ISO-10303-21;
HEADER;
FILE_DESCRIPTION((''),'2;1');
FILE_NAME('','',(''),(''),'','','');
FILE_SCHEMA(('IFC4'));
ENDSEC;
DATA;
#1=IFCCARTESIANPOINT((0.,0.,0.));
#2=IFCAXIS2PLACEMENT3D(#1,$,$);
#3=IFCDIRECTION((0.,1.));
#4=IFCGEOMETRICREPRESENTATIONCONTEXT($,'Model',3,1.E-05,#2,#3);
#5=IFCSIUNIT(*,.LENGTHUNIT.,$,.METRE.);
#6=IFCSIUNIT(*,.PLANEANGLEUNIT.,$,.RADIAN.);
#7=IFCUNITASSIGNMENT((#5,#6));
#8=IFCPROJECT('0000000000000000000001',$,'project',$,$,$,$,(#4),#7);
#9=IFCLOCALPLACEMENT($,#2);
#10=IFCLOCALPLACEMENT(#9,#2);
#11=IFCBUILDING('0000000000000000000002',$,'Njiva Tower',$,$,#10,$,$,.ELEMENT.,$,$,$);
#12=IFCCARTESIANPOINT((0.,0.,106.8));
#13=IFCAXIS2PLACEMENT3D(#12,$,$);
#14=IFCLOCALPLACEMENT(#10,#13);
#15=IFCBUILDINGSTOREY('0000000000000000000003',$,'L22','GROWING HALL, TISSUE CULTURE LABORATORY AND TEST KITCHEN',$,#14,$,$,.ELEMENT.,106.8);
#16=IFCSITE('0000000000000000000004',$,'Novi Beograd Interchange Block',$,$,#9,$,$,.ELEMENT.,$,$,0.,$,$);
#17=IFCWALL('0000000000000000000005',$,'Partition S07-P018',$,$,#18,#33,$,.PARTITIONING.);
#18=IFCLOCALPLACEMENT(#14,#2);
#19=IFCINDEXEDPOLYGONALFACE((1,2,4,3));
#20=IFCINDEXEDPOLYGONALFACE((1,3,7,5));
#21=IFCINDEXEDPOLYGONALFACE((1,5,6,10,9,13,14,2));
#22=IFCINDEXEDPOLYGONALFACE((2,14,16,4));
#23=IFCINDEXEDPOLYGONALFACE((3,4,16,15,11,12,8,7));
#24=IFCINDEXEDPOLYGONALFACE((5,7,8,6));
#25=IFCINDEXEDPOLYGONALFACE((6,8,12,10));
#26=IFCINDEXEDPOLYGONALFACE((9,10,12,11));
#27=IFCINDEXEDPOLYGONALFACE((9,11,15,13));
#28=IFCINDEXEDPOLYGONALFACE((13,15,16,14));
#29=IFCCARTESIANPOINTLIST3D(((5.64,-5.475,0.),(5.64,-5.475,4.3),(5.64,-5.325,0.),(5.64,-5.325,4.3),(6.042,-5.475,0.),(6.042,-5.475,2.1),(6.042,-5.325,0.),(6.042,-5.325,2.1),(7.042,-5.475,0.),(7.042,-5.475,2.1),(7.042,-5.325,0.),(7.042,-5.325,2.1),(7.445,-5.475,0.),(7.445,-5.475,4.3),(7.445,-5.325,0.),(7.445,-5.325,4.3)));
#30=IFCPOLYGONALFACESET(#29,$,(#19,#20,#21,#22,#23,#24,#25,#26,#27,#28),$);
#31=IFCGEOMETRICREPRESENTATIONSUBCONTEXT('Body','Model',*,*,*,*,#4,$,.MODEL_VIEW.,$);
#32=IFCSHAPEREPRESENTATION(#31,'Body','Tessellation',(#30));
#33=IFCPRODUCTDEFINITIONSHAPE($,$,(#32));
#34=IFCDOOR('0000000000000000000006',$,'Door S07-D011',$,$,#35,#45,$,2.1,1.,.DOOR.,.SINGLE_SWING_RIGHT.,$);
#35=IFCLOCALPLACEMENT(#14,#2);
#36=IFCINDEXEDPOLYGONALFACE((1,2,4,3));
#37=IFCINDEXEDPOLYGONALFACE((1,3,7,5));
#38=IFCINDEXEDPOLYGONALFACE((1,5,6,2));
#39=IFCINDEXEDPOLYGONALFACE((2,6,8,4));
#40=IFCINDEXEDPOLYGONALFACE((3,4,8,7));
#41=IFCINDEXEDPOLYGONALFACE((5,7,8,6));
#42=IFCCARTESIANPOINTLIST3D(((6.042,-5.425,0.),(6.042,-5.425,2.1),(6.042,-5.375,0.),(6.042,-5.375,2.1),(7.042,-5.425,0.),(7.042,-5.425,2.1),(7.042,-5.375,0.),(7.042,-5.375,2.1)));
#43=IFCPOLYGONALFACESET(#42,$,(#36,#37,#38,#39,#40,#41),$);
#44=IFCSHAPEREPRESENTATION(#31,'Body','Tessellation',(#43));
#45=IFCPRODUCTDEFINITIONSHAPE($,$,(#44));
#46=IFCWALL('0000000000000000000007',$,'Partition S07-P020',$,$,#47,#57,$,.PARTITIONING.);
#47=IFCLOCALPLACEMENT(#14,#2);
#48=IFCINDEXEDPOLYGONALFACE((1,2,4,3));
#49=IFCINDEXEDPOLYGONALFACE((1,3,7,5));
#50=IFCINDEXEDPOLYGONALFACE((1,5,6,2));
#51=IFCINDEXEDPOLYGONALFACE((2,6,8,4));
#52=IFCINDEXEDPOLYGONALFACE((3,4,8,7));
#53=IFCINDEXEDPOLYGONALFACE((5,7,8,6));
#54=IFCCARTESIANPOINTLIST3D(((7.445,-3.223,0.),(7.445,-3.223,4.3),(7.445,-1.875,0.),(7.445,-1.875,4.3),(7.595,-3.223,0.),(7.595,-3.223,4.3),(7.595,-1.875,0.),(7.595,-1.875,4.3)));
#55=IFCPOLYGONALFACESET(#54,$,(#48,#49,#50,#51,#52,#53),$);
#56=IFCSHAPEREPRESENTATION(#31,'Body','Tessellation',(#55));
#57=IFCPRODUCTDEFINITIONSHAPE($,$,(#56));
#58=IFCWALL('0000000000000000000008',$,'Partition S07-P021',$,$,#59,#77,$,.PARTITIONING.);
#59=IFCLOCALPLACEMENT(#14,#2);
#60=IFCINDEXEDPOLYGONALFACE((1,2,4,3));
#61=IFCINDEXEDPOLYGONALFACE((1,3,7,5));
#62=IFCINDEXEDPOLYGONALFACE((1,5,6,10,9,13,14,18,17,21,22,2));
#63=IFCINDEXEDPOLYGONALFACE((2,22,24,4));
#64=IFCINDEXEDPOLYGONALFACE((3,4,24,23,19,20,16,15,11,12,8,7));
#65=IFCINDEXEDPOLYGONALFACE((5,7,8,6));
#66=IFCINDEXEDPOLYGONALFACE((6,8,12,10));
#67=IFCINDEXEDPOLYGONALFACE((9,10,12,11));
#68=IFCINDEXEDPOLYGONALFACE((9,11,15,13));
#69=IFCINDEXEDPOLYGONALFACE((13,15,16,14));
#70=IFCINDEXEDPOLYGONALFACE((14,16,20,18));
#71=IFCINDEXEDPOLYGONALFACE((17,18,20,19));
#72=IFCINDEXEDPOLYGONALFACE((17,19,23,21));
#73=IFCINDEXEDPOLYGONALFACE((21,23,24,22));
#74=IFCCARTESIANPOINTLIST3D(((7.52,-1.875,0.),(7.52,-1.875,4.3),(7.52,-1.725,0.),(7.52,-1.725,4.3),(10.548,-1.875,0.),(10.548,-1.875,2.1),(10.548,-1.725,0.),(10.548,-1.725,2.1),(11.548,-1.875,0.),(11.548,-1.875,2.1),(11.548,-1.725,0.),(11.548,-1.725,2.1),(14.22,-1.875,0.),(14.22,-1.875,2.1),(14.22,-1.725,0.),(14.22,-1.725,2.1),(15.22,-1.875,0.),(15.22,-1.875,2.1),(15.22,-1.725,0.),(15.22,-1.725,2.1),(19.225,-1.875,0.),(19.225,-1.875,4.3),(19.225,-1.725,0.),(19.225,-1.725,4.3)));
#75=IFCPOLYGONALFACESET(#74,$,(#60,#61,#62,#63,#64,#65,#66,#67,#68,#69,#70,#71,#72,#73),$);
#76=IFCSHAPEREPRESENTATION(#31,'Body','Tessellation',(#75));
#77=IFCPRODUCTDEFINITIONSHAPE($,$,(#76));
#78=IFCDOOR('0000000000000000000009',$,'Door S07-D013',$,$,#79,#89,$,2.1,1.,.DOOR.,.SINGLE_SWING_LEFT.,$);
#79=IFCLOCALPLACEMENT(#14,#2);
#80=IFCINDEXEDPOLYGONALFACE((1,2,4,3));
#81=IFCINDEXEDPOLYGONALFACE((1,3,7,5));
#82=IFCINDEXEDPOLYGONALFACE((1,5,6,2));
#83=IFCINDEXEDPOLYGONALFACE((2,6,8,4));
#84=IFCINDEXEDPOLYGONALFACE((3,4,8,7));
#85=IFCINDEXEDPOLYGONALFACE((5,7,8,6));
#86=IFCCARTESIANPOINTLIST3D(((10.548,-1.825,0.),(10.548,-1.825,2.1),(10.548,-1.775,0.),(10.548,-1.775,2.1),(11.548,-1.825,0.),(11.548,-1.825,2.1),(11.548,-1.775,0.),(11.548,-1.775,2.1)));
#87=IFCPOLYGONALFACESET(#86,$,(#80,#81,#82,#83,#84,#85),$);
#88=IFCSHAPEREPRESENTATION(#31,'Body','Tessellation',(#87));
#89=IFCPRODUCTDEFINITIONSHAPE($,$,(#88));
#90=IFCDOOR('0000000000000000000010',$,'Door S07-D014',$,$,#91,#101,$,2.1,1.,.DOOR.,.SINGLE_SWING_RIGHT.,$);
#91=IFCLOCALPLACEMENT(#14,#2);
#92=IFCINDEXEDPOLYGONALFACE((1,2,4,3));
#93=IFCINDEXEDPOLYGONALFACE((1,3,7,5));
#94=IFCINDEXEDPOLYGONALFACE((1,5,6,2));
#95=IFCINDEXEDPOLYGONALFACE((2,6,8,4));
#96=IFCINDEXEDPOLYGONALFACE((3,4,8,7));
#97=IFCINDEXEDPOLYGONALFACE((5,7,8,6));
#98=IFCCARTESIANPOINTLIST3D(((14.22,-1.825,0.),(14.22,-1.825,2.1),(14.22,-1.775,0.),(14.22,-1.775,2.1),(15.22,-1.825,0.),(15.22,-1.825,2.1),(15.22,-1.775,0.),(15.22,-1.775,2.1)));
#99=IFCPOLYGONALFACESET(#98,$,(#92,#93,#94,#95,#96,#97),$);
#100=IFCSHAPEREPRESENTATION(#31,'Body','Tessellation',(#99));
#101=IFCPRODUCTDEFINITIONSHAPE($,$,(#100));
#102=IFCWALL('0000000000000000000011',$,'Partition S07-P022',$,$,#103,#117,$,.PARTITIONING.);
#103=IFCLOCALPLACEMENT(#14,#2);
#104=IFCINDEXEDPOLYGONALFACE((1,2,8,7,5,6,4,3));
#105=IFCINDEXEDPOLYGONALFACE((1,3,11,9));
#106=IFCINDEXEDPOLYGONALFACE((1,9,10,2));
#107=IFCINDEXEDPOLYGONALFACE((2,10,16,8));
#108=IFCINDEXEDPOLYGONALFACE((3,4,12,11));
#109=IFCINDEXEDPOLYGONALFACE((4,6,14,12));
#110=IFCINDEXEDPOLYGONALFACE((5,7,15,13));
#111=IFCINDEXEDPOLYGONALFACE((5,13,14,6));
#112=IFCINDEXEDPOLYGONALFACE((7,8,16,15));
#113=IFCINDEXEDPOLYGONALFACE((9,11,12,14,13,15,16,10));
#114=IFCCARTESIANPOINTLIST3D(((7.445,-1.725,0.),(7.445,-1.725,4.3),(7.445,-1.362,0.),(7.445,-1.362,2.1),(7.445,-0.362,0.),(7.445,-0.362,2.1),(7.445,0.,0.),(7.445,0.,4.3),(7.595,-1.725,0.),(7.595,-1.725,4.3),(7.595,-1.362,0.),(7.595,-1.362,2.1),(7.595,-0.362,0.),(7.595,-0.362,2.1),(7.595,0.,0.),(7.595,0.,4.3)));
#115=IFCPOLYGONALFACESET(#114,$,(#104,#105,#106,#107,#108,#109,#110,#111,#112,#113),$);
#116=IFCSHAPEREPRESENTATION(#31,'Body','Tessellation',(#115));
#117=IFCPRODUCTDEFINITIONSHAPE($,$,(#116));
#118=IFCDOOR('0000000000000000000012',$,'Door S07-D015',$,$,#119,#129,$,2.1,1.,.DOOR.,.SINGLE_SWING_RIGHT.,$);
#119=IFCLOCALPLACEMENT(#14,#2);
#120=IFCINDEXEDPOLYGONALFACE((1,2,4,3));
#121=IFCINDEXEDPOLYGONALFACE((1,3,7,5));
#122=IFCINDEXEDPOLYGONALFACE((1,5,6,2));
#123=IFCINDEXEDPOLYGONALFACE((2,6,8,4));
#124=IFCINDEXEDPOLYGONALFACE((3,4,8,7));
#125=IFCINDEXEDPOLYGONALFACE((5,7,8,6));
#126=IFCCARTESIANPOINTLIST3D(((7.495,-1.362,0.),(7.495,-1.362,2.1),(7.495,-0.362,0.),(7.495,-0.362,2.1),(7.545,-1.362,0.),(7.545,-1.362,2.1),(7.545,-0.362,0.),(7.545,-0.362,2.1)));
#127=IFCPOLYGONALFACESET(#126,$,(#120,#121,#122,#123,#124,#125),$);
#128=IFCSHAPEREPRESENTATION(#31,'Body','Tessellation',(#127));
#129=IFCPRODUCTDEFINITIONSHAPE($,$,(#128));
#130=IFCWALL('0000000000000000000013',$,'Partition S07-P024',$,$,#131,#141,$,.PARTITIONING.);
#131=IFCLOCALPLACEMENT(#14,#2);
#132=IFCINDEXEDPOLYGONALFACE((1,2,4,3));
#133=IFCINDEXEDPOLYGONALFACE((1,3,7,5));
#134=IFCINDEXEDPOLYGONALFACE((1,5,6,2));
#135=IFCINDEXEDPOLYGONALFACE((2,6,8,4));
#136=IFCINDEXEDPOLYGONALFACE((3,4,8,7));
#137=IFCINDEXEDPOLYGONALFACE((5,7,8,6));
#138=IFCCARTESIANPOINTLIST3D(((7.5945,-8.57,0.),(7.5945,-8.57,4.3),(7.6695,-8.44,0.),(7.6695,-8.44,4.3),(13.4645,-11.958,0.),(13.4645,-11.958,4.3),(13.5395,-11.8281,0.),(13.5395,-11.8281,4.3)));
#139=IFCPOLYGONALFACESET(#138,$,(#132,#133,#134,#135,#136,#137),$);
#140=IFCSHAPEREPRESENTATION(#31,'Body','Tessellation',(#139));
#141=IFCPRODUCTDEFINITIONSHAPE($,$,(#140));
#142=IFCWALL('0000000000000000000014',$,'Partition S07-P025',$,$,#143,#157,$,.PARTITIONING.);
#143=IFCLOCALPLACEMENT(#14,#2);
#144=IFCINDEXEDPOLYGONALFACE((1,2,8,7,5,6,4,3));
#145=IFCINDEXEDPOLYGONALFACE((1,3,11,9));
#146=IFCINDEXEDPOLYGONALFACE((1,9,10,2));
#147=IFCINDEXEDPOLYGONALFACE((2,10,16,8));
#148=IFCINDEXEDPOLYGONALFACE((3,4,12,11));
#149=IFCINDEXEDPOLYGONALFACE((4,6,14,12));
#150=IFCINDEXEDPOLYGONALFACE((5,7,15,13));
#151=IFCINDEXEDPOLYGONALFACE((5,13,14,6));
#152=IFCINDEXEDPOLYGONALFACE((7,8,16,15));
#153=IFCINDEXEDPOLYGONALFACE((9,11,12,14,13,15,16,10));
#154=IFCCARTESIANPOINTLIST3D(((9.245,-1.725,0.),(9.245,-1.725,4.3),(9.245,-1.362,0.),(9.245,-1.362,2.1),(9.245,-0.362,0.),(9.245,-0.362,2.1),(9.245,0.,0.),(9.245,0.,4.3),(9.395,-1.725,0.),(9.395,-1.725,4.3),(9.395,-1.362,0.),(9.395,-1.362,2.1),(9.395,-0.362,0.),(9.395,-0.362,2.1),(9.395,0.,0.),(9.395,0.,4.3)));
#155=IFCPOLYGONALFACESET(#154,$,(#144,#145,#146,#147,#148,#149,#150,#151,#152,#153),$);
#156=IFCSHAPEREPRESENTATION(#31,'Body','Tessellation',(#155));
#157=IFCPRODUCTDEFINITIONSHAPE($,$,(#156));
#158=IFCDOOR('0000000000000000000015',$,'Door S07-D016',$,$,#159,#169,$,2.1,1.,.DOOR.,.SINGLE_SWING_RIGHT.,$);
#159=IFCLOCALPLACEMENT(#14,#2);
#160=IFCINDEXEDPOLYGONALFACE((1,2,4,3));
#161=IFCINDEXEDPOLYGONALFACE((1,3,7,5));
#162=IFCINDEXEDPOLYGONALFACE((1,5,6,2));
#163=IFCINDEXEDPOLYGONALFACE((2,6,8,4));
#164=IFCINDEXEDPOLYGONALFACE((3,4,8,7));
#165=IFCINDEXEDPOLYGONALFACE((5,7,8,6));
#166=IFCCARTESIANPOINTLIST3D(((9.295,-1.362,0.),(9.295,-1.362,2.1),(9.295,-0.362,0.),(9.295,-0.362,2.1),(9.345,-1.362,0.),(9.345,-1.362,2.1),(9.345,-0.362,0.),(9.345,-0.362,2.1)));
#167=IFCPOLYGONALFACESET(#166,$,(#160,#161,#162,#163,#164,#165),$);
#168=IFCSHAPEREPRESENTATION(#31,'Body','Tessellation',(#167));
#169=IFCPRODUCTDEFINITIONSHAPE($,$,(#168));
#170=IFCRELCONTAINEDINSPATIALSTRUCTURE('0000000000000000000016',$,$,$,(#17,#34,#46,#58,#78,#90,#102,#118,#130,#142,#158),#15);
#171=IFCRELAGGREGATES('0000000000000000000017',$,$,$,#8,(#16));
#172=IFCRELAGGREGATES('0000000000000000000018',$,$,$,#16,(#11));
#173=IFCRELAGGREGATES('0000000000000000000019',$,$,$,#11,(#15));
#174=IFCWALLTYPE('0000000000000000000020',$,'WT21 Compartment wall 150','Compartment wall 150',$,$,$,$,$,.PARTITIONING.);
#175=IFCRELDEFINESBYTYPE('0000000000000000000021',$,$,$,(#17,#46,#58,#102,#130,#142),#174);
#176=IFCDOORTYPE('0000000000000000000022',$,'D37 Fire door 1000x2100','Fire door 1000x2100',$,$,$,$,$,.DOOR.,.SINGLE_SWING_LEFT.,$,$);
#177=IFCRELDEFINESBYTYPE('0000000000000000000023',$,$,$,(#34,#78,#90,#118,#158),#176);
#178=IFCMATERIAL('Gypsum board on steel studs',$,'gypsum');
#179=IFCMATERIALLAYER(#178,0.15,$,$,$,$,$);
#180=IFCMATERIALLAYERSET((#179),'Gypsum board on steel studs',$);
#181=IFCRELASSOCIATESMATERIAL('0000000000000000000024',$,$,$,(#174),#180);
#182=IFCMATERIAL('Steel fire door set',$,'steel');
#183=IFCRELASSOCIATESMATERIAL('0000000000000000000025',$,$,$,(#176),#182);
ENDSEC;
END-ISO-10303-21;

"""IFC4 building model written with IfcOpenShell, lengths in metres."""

from ifc_helpers import new_model, si_unit, direction, frame, frame_2d, origin, place, context, subcontext, project, spatial, rectangle, extrude, material, layer, layer_set, type_object, element, fill, save


model = new_model("IFC4")

# Units and contexts
model_context = context("Model", 3, precision=1e-05, world=origin(), true_north=direction((0.0, 1.0)))
body_context = subcontext(model_context, "Body", "Model", "MODEL_VIEW")
ifc_project = project(units=[si_unit("LENGTHUNIT", "METRE"), si_unit("PLANEANGLEUNIT", "RADIAN")], contexts=[model_context])

# Site, building, storey
site_placement = place(None, origin())
site = spatial("IfcSite", under=ifc_project, at=site_placement, Name="Novi Beograd Interchange Block", CompositionType="ELEMENT", RefElevation=0.0)
building_placement = place(site_placement, origin())
building = spatial("IfcBuilding", under=site, at=building_placement, Name="Njiva Tower", CompositionType="ELEMENT")
storey_placement = place(building_placement, frame((0.0, 0.0, 106.8)))
storey = spatial("IfcBuildingStorey", under=building, at=storey_placement, Name="L22", Description="GROWING HALL, TISSUE CULTURE LABORATORY AND TEST KITCHEN", CompositionType="ELEMENT", Elevation=106.8)

# Shared definitions
ifc_material_1 = material(Name="Gypsum board on steel studs", Category="gypsum")

# Shared definitions
ifc_layer_1 = layer(ifc_material_1, 0.15)
ifc_layer_set_1 = layer_set([ifc_layer_1], Name="Gypsum board on steel studs")
wall_type_1 = type_object("IfcWallType", Name="WT21 Compartment wall 150", Description="Compartment wall 150", PredefinedType="PARTITIONING", material=ifc_layer_set_1)
ifc_material_2 = material(Name="Steel fire door set", Category="steel")
door_type = type_object("IfcDoorType", Name="D37 Fire door 1000x2100", Description="Fire door 1000x2100", OperationType="SINGLE_SWING_LEFT", PredefinedType="DOOR", material=ifc_material_2)

# Wall, opening, door
wall_1_placement = place(storey_placement, frame((5.64, -5.4, 0.0), z_axis=(0.0, 0.0, 1.0), x_axis=(1.0, 0.0, 0.0)))
wall_1 = element("IfcWall", 1, at=wall_1_placement, inside=storey, type_object=wall_type_1, Name="Partition S07-P018", PredefinedType="PARTITIONING", context=body_context, shape_type="SweptSolid", body=[
    extrude(rectangle(XDim=1.805, YDim=0.15, at=frame_2d((0.9025, 0.0))), origin(), (0.0, 0.0, 1.0), 4.3),
])
opening_1_placement = place(wall_1_placement, frame((0.402, 0.0, 0.0)))
opening_1 = element("IfcOpeningElement", 2, at=opening_1_placement, cuts=wall_1, PredefinedType="OPENING", context=body_context, shape_type="SweptSolid", body=[
    extrude(rectangle(XDim=1.0, YDim=2.1, at=frame_2d((0.5, 1.05))), frame((0.0, 0.085, 0.0), z_axis=(0.0, -1.0, 0.0), x_axis=(1.0, 0.0, 0.0)), (0.0, 0.0, 1.0), 0.17),
])
door_1_placement = place(opening_1_placement, origin())
door_1 = element("IfcDoor", 3, at=door_1_placement, inside=storey, type_object=door_type, Name="Door S07-D011", OperationType="SINGLE_SWING_RIGHT", OverallHeight=2.1, OverallWidth=1.0, PredefinedType="DOOR", context=body_context, shape_type="SweptSolid", body=[
    extrude(rectangle(XDim=1.0, YDim=2.1, at=frame_2d((0.5, 1.05))), frame((0.0, 0.025, 0.0), z_axis=(0.0, -1.0, 0.0), x_axis=(1.0, 0.0, 0.0)), (0.0, 0.0, 1.0), 0.05),
])
fill(opening_1, door_1)

# Wall
wall_2_placement = place(storey_placement, frame((7.52, -3.223, 0.0), z_axis=(0.0, 0.0, 1.0), x_axis=(0.0, 1.0, 0.0)))
element("IfcWall", 4, at=wall_2_placement, inside=storey, type_object=wall_type_1, Name="Partition S07-P020", PredefinedType="PARTITIONING", context=body_context, shape_type="SweptSolid", body=[
    extrude(rectangle(XDim=1.348, YDim=0.15, at=frame_2d((0.674, 0.0))), origin(), (0.0, 0.0, 1.0), 4.3),
])

# Wall, openings, doors
wall_3_placement = place(storey_placement, frame((7.52, -1.8, 0.0), z_axis=(0.0, 0.0, 1.0), x_axis=(1.0, 0.0, 0.0)))
wall_3 = element("IfcWall", 5, at=wall_3_placement, inside=storey, type_object=wall_type_1, Name="Partition S07-P021", PredefinedType="PARTITIONING", context=body_context, shape_type="SweptSolid", body=[
    extrude(rectangle(XDim=11.705, YDim=0.15, at=frame_2d((5.8525, 0.0))), origin(), (0.0, 0.0, 1.0), 4.3),
])
opening_2_placement = place(wall_3_placement, frame((3.028, 0.0, 0.0)))
opening_2 = element("IfcOpeningElement", 6, at=opening_2_placement, cuts=wall_3, PredefinedType="OPENING", context=body_context, shape_type="SweptSolid", body=[
    extrude(rectangle(XDim=1.0, YDim=2.1, at=frame_2d((0.5, 1.05))), frame((0.0, 0.085, 0.0), z_axis=(0.0, -1.0, 0.0), x_axis=(1.0, 0.0, 0.0)), (0.0, 0.0, 1.0), 0.17),
])
opening_3_placement = place(wall_3_placement, frame((6.7, 0.0, 0.0)))
opening_3 = element("IfcOpeningElement", 7, at=opening_3_placement, cuts=wall_3, PredefinedType="OPENING", context=body_context, shape_type="SweptSolid", body=[
    extrude(rectangle(XDim=1.0, YDim=2.1, at=frame_2d((0.5, 1.05))), frame((0.0, 0.085, 0.0), z_axis=(0.0, -1.0, 0.0), x_axis=(1.0, 0.0, 0.0)), (0.0, 0.0, 1.0), 0.17),
])
door_2_placement = place(opening_2_placement, origin())
door_2 = element("IfcDoor", 8, at=door_2_placement, inside=storey, type_object=door_type, Name="Door S07-D013", OperationType="SINGLE_SWING_LEFT", OverallHeight=2.1, OverallWidth=1.0, PredefinedType="DOOR", context=body_context, shape_type="SweptSolid", body=[
    extrude(rectangle(XDim=1.0, YDim=2.1, at=frame_2d((0.5, 1.05))), frame((0.0, 0.025, 0.0), z_axis=(0.0, -1.0, 0.0), x_axis=(1.0, 0.0, 0.0)), (0.0, 0.0, 1.0), 0.05),
])
fill(opening_2, door_2)
door_3_placement = place(opening_3_placement, origin())
door_3 = element("IfcDoor", 9, at=door_3_placement, inside=storey, type_object=door_type, Name="Door S07-D014", OperationType="SINGLE_SWING_RIGHT", OverallHeight=2.1, OverallWidth=1.0, PredefinedType="DOOR", context=body_context, shape_type="SweptSolid", body=[
    extrude(rectangle(XDim=1.0, YDim=2.1, at=frame_2d((0.5, 1.05))), frame((0.0, 0.025, 0.0), z_axis=(0.0, -1.0, 0.0), x_axis=(1.0, 0.0, 0.0)), (0.0, 0.0, 1.0), 0.05),
])
fill(opening_3, door_3)

# Wall, opening, door
wall_4_placement = place(storey_placement, frame((7.52, -1.725, 0.0), z_axis=(0.0, 0.0, 1.0), x_axis=(0.0, 1.0, 0.0)))
wall_4 = element("IfcWall", 10, at=wall_4_placement, inside=storey, type_object=wall_type_1, Name="Partition S07-P022", PredefinedType="PARTITIONING", context=body_context, shape_type="SweptSolid", body=[
    extrude(rectangle(XDim=1.725, YDim=0.15, at=frame_2d((0.8625, 0.0))), origin(), (0.0, 0.0, 1.0), 4.3),
])
opening_4_placement = place(wall_4_placement, frame((0.363, 0.0, 0.0)))
opening_4 = element("IfcOpeningElement", 11, at=opening_4_placement, cuts=wall_4, PredefinedType="OPENING", context=body_context, shape_type="SweptSolid", body=[
    extrude(rectangle(XDim=1.0, YDim=2.1, at=frame_2d((0.5, 1.05))), frame((0.0, 0.085, 0.0), z_axis=(0.0, -1.0, 0.0), x_axis=(1.0, 0.0, 0.0)), (0.0, 0.0, 1.0), 0.17),
])
door_4_placement = place(opening_4_placement, origin())
door_4 = element("IfcDoor", 12, at=door_4_placement, inside=storey, type_object=door_type, Name="Door S07-D015", OperationType="SINGLE_SWING_RIGHT", OverallHeight=2.1, OverallWidth=1.0, PredefinedType="DOOR", context=body_context, shape_type="SweptSolid", body=[
    extrude(rectangle(XDim=1.0, YDim=2.1, at=frame_2d((0.5, 1.05))), frame((0.0, 0.025, 0.0), z_axis=(0.0, -1.0, 0.0), x_axis=(1.0, 0.0, 0.0)), (0.0, 0.0, 1.0), 0.05),
])
fill(opening_4, door_4)

# Wall
wall_5_placement = place(storey_placement, frame((7.632, -8.505, 0.0), z_axis=(0.0, 0.0, 1.0), x_axis=(0.866092, -0.499884, 0.0)))
element("IfcWall", 13, at=wall_5_placement, inside=storey, type_object=wall_type_1, Name="Partition S07-P024", PredefinedType="PARTITIONING", context=body_context, shape_type="SweptSolid", body=[
    extrude(rectangle(XDim=6.7776, YDim=0.15, at=frame_2d((3.3888, 0.0))), origin(), (0.0, 0.0, 1.0), 4.3),
])

# Wall, opening, door
wall_6_placement = place(storey_placement, frame((9.32, -1.725, 0.0), z_axis=(0.0, 0.0, 1.0), x_axis=(0.0, 1.0, 0.0)))
wall_6 = element("IfcWall", 14, at=wall_6_placement, inside=storey, type_object=wall_type_1, Name="Partition S07-P025", PredefinedType="PARTITIONING", context=body_context, shape_type="SweptSolid", body=[
    extrude(rectangle(XDim=1.725, YDim=0.15, at=frame_2d((0.8625, 0.0))), origin(), (0.0, 0.0, 1.0), 4.3),
])
opening_5_placement = place(wall_6_placement, frame((0.363, 0.0, 0.0)))
opening_5 = element("IfcOpeningElement", 15, at=opening_5_placement, cuts=wall_6, PredefinedType="OPENING", context=body_context, shape_type="SweptSolid", body=[
    extrude(rectangle(XDim=1.0, YDim=2.1, at=frame_2d((0.5, 1.05))), frame((0.0, 0.085, 0.0), z_axis=(0.0, -1.0, 0.0), x_axis=(1.0, 0.0, 0.0)), (0.0, 0.0, 1.0), 0.17),
])
door_5_placement = place(opening_5_placement, origin())
door_5 = element("IfcDoor", 16, at=door_5_placement, inside=storey, type_object=door_type, Name="Door S07-D016", OperationType="SINGLE_SWING_RIGHT", OverallHeight=2.1, OverallWidth=1.0, PredefinedType="DOOR", context=body_context, shape_type="SweptSolid", body=[
    extrude(rectangle(XDim=1.0, YDim=2.1, at=frame_2d((0.5, 1.05))), frame((0.0, 0.025, 0.0), z_axis=(0.0, -1.0, 0.0), x_axis=(1.0, 0.0, 0.0)), (0.0, 0.0, 1.0), 0.05),
])
fill(opening_5, door_5)

save(model, "model.ifc")
